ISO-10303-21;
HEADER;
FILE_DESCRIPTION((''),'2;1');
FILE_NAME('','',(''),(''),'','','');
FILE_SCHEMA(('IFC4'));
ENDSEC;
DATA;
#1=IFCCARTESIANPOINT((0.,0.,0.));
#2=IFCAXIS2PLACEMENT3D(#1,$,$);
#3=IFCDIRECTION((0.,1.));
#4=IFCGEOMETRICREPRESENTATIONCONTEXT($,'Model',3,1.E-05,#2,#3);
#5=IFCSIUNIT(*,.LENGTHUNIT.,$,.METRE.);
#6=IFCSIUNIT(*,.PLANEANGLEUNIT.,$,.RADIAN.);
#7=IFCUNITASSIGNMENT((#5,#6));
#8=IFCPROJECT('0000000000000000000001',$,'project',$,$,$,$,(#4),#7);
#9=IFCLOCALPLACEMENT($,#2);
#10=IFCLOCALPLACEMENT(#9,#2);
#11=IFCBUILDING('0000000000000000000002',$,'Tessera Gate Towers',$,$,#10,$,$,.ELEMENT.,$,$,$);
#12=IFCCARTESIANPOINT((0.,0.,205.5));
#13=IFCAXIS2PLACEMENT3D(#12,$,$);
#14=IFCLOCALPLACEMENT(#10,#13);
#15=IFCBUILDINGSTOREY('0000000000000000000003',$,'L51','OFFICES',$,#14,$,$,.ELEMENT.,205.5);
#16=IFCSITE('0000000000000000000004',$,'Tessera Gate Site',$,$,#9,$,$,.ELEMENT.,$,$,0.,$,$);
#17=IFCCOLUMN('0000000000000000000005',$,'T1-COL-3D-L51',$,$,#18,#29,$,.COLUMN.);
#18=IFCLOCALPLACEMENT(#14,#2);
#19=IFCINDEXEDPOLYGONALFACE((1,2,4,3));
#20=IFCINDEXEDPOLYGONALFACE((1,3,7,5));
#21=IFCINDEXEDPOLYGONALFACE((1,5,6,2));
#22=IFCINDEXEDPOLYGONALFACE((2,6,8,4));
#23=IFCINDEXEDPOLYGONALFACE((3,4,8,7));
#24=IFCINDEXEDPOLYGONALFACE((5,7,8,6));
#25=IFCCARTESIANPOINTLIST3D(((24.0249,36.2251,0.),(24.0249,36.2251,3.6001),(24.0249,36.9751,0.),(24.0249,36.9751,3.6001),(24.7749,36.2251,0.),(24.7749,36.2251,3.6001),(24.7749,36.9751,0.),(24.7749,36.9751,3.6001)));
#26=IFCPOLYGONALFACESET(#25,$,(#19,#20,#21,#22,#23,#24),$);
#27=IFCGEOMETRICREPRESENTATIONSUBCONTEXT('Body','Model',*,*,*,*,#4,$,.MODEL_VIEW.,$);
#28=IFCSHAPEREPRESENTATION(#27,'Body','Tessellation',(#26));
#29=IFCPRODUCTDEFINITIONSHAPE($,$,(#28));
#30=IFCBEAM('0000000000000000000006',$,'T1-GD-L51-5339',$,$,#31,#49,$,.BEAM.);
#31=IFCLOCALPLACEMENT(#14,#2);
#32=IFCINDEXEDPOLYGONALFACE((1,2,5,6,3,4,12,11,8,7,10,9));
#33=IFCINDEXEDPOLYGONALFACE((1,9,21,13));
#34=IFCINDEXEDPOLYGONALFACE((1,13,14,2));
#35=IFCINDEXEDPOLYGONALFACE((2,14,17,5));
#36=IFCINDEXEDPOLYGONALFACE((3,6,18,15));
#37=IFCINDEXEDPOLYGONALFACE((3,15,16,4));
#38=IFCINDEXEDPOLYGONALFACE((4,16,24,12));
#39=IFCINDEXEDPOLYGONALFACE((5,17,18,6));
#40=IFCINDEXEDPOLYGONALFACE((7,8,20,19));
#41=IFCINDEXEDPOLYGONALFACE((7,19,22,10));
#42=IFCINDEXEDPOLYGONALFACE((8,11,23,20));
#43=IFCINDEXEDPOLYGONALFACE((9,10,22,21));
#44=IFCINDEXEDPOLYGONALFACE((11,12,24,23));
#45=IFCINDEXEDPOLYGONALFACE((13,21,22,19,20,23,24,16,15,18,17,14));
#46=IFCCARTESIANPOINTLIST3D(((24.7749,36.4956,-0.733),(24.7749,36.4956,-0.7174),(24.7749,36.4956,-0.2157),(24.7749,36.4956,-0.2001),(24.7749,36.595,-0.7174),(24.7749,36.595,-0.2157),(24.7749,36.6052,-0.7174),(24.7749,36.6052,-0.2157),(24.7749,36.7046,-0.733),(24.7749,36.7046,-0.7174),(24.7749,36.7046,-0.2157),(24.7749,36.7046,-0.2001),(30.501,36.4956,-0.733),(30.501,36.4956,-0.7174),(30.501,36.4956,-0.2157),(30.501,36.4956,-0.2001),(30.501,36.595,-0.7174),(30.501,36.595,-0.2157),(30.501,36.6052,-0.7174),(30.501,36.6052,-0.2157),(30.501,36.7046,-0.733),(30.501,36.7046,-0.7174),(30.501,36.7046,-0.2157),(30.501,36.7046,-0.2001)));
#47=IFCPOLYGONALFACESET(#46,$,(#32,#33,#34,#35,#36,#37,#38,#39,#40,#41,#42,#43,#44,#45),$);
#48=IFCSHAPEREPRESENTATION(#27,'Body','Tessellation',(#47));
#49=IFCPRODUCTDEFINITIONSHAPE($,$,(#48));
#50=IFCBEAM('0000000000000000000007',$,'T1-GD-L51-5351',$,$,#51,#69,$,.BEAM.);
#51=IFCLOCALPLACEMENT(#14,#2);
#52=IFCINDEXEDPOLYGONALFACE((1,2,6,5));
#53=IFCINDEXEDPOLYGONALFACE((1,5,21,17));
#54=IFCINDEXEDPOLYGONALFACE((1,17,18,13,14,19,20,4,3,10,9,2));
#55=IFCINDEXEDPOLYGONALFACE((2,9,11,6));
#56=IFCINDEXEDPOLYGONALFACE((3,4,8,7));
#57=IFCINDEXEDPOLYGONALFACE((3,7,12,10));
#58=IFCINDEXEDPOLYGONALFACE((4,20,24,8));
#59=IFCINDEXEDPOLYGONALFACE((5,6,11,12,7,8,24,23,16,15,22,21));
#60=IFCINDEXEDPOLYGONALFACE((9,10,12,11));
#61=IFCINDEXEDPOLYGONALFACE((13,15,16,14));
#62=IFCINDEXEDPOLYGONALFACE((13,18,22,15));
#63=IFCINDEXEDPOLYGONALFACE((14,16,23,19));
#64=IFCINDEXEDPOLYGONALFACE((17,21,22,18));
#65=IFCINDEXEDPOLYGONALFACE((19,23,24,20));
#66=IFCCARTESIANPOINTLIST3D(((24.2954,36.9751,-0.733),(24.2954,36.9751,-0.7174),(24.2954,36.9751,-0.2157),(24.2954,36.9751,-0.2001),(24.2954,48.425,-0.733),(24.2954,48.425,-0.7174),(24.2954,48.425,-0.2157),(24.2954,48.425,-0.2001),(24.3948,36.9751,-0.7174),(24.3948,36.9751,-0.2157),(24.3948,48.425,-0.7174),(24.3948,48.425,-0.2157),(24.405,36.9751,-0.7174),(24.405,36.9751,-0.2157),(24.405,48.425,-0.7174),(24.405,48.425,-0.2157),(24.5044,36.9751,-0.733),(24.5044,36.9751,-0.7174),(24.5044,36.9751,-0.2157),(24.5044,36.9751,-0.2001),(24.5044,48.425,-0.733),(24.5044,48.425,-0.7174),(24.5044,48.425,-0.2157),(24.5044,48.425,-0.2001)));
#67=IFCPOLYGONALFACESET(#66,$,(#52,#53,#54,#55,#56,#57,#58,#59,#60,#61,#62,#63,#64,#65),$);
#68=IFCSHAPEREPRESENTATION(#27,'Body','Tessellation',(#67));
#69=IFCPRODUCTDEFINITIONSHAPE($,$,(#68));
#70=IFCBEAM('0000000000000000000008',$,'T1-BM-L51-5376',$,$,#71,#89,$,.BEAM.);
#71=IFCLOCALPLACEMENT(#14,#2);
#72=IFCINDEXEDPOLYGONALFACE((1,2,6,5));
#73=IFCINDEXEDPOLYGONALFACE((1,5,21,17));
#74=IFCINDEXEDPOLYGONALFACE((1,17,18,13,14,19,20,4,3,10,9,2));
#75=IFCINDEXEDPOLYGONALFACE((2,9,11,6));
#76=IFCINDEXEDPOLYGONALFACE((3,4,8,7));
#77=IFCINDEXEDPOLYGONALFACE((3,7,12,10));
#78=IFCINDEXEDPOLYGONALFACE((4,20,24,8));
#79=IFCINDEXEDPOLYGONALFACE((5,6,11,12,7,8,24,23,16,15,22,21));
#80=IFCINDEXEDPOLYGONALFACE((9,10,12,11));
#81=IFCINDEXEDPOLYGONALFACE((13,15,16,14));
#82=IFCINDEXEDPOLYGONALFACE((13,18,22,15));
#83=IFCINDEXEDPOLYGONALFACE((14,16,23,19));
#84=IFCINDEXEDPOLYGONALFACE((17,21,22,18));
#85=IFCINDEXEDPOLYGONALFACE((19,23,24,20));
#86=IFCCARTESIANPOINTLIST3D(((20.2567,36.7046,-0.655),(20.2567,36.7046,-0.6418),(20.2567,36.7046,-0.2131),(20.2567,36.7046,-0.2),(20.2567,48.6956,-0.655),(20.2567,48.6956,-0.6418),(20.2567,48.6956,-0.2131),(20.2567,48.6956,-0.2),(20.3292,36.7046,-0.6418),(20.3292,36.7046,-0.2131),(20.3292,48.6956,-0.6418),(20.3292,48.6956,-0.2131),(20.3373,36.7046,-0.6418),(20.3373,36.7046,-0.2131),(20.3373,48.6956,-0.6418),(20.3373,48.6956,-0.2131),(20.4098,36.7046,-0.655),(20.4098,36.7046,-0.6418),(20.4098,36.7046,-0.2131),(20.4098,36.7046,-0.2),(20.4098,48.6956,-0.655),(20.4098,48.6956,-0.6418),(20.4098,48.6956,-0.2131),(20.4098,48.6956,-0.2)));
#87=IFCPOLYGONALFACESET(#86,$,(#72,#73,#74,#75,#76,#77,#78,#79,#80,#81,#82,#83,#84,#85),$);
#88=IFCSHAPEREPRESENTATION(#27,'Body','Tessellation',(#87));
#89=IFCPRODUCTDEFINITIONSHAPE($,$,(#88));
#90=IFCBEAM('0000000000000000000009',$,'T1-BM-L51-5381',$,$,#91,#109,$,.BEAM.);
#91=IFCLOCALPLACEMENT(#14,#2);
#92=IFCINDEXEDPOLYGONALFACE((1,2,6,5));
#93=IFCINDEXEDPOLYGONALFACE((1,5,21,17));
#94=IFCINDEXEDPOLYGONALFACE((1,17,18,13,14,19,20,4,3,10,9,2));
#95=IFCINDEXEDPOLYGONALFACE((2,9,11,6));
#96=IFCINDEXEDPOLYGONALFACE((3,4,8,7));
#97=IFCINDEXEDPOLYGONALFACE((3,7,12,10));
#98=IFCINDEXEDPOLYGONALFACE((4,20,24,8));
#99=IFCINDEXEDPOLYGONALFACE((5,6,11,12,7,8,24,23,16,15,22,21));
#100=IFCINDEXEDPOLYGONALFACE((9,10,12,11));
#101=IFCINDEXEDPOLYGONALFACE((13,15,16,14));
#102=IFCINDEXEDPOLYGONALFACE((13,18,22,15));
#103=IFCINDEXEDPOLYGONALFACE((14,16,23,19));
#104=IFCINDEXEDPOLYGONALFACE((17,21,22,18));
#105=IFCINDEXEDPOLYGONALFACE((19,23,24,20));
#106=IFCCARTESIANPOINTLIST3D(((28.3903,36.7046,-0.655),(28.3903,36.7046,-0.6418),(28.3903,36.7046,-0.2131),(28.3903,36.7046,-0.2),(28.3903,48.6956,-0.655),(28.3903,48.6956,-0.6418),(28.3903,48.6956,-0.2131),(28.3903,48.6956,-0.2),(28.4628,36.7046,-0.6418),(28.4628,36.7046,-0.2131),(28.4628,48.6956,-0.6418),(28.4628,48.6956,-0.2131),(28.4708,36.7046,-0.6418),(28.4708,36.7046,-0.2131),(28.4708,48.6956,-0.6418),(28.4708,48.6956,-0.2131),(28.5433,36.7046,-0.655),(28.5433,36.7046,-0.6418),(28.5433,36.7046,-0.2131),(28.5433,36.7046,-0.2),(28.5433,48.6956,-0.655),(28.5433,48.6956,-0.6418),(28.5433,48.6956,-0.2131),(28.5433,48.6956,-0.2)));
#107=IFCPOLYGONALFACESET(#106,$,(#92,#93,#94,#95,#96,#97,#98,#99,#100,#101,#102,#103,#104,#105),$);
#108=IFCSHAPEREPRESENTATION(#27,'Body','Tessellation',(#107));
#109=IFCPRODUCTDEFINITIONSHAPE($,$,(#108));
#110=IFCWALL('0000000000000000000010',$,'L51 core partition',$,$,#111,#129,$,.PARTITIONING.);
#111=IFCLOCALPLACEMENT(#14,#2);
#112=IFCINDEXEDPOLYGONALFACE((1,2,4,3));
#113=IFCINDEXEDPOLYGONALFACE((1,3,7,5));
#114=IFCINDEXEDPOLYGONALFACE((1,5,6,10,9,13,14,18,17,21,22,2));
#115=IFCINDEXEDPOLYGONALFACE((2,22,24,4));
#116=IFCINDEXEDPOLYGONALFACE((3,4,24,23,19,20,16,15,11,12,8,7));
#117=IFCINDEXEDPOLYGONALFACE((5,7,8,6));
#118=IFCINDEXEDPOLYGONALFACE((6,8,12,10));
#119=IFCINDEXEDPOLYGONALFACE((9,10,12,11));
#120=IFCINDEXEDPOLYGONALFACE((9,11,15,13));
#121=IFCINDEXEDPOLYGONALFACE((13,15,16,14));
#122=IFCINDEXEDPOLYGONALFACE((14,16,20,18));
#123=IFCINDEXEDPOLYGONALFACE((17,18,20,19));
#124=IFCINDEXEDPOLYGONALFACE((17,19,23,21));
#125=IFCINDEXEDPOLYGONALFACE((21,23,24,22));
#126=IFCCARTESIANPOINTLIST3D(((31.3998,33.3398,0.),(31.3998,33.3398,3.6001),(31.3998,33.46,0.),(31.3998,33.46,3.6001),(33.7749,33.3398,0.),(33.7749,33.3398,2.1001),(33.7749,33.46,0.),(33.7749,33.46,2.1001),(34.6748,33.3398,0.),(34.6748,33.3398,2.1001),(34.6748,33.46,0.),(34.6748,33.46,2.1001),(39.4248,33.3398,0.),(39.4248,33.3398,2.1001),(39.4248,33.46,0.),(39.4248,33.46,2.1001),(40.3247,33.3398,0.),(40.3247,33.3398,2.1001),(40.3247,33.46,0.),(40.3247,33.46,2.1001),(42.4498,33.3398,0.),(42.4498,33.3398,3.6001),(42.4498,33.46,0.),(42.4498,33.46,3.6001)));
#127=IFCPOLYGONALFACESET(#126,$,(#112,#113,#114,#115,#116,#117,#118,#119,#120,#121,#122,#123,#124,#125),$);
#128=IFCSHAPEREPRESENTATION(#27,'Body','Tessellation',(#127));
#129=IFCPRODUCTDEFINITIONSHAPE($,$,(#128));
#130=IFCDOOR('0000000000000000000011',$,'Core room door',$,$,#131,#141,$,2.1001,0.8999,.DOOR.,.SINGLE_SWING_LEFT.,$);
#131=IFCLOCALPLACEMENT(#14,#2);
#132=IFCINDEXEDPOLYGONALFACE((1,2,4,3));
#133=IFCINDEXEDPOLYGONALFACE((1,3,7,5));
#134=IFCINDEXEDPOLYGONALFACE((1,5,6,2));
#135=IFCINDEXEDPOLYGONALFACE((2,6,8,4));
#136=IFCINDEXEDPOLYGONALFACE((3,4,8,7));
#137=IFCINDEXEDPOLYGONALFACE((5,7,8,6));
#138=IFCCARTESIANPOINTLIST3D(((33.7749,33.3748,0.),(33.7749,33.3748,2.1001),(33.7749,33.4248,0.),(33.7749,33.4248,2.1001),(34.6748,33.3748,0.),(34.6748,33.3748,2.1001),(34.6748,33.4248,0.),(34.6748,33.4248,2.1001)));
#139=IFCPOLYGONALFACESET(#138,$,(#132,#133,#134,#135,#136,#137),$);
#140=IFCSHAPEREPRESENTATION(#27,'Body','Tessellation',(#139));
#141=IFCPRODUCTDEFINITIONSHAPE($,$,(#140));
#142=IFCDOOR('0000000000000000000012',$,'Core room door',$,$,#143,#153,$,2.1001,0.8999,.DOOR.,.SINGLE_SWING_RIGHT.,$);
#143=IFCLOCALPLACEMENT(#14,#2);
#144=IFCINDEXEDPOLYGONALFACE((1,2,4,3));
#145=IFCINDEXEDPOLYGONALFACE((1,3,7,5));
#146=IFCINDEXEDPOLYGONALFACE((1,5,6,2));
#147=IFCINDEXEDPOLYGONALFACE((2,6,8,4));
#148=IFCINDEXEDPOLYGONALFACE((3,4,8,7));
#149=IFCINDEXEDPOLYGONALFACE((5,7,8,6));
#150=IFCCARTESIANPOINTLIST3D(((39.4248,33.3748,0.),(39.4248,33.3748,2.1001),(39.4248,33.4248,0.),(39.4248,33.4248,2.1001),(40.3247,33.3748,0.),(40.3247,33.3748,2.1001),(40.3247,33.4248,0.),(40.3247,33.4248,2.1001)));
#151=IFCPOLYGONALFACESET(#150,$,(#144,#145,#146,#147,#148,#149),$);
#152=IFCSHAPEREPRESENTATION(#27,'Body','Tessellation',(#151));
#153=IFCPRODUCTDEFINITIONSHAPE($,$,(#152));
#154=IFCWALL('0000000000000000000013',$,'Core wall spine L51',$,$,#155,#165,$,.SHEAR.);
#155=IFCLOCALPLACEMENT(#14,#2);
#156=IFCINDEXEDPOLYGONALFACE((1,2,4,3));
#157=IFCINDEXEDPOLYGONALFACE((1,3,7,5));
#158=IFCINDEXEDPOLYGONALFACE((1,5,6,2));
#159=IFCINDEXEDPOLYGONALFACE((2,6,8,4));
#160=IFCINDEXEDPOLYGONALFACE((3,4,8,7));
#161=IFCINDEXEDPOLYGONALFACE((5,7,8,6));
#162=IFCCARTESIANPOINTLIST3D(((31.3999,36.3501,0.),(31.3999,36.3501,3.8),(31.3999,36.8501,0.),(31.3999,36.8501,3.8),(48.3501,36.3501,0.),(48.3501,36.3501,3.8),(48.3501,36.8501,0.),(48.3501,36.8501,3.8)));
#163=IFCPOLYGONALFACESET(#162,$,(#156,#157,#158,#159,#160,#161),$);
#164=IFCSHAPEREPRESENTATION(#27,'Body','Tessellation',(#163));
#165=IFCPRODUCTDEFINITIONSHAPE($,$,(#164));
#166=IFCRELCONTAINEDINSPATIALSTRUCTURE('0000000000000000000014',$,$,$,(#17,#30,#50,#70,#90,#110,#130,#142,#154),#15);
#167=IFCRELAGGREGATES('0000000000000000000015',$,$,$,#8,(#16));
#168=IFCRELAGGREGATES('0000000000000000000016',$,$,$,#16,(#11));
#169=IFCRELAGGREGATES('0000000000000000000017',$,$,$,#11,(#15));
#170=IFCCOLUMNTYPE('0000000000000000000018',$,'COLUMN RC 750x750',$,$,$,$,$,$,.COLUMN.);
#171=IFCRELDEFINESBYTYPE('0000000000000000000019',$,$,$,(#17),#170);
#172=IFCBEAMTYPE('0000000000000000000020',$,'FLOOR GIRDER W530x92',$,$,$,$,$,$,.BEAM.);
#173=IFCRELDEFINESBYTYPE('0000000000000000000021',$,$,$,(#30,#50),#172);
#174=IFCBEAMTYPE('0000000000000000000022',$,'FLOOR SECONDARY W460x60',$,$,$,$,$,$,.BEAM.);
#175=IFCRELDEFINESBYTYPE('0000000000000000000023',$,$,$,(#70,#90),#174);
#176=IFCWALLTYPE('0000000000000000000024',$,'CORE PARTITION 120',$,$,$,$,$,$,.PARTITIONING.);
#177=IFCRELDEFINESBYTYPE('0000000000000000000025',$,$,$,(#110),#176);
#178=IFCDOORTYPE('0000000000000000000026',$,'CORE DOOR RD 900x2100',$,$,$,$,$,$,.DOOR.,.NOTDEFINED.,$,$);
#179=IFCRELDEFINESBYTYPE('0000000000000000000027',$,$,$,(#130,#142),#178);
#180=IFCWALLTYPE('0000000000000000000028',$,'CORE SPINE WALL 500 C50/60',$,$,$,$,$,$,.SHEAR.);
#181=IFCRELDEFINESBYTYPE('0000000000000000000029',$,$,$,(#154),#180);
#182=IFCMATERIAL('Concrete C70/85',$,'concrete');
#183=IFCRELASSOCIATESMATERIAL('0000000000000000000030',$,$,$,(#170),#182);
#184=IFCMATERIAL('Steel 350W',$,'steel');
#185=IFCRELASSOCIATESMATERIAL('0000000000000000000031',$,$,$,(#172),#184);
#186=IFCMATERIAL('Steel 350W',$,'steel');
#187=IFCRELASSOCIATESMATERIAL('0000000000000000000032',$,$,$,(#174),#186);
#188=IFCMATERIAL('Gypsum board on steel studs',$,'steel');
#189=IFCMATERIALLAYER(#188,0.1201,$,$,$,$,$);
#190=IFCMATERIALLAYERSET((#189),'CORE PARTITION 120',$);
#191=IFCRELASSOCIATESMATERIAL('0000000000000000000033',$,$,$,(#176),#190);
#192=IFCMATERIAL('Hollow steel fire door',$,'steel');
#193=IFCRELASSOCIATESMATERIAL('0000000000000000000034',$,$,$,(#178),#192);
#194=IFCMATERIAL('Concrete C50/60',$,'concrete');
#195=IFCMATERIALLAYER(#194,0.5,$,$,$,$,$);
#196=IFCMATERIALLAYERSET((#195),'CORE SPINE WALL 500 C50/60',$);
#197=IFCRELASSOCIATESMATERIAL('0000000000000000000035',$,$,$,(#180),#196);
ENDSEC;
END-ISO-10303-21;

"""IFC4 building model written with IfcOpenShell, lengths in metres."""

from ifc_helpers import new_model, si_unit, direction, frame, frame_2d, origin, origin_2d, place, context, subcontext, project, spatial, rectangle, i_section, extrude, source, transform, mapped, material, layer, layer_set, material_profile, profile_set, type_object, element, fill, save


model = new_model("IFC4")

# Units and contexts
model_context = context("Model", 3, precision=1e-05, world=origin(), true_north=direction((0.0, 1.0)))
body_context = subcontext(model_context, "Body", "Model", "MODEL_VIEW")
ifc_project = project(units=[si_unit("LENGTHUNIT", "METRE"), si_unit("PLANEANGLEUNIT", "RADIAN")], contexts=[model_context])

# Site, building, storey
site_placement = place(None, origin())
site = spatial("IfcSite", under=ifc_project, at=site_placement, Name="Tessera Gate Site", CompositionType="ELEMENT", RefElevation=0.0)
building_placement = place(site_placement, origin())
building = spatial("IfcBuilding", under=site, at=building_placement, Name="Tessera Gate Towers", CompositionType="ELEMENT")
storey_placement = place(building_placement, frame((0.0, 0.0, 205.5)))
storey = spatial("IfcBuildingStorey", under=building, at=storey_placement, Name="L51", Description="OFFICES", CompositionType="ELEMENT", Elevation=205.5)

# Column
ifc_material_1 = material(Name="Concrete C70/85", Category="concrete")
ifc_material_profile_1 = material_profile(ifc_material_1, rectangle(XDim=0.75, YDim=0.75, at=origin_2d()), Name="RC 750x750")
ifc_profile_set_1 = profile_set([ifc_material_profile_1], Name="Concrete C70/85")
column_type = type_object("IfcColumnType", Name="COLUMN RC 750x750", PredefinedType="COLUMN", material=ifc_profile_set_1)
column_placement = place(storey_placement, frame((24.3999, 36.6001, 0.0), z_axis=(0.0, 0.0, 1.0), x_axis=(1.0, 0.0, 0.0)))
element("IfcColumn", 1, at=column_placement, inside=storey, type_object=column_type, Name="T1-COL-3D-L51", PredefinedType="COLUMN", context=body_context, shape_type="SweptSolid", body=[
    extrude(rectangle(XDim=0.75, YDim=0.75, at=origin_2d()), origin(), (0.0, 0.0, 1.0), 3.6001),
])

# Beams
ifc_material_2 = material(Name="Steel 350W", Category="steel")
ifc_material_profile_2 = material_profile(ifc_material_2, i_section(OverallWidth=0.209, OverallDepth=0.533, WebThickness=0.0103, FlangeThickness=0.0156, at=origin_2d()), Name="W530x92")
ifc_profile_set_2 = profile_set([ifc_material_profile_2], Name="Steel 350W")
beam_type_1 = type_object("IfcBeamType", Name="FLOOR GIRDER W530x92", PredefinedType="BEAM", material=ifc_profile_set_2)
beam_1_placement = place(storey_placement, frame((24.7749, 36.6001, -0.4666), z_axis=(1.0, 0.0, 0.0), x_axis=(0.0, 1.0, 0.0)))
element("IfcBeam", 2, at=beam_1_placement, inside=storey, type_object=beam_type_1, Name="T1-GD-L51-5339", PredefinedType="BEAM", context=body_context, shape_type="SweptSolid", body=[
    extrude(i_section(OverallWidth=0.209, OverallDepth=0.533, WebThickness=0.0103, FlangeThickness=0.0156, at=origin_2d()), origin(), (0.0, 0.0, 1.0), 5.7261),
])
beam_2_placement = place(storey_placement, frame((24.3999, 36.9751, -0.4666), z_axis=(0.0, 1.0, 0.0), x_axis=(-1.0, 0.0, 0.0)))
element("IfcBeam", 3, at=beam_2_placement, inside=storey, type_object=beam_type_1, Name="T1-GD-L51-5351", PredefinedType="BEAM", context=body_context, shape_type="SweptSolid", body=[
    extrude(i_section(OverallWidth=0.209, OverallDepth=0.533, WebThickness=0.0103, FlangeThickness=0.0156, at=origin_2d()), origin(), (0.0, 0.0, 1.0), 11.45),
])
ifc_material_3 = material(Name="Steel 350W", Category="steel")
ifc_material_profile_3 = material_profile(ifc_material_3, i_section(OverallWidth=0.1531, OverallDepth=0.4551, WebThickness=0.0081, FlangeThickness=0.0132, at=origin_2d()), Name="W460x60")
ifc_profile_set_3 = profile_set([ifc_material_profile_3], Name="Steel 350W")
beam_type_2 = type_object("IfcBeamType", Name="FLOOR SECONDARY W460x60", PredefinedType="BEAM", material=ifc_profile_set_3)
for number, where, z_axis, x_axis, name in (
    (4, (20.3333, 36.7046, -0.4275), (0.0, 1.0, 0.0), (-1.0, 0.0, 0.0), "T1-BM-L51-5376"),
    (5, (28.4668, 36.7046, -0.4275), (0.0, 1.0, 0.0), (-1.0, 0.0, 0.0), "T1-BM-L51-5381"),
):
    element("IfcBeam", number, at=place(storey_placement, frame(where, z_axis=z_axis, x_axis=x_axis)), inside=storey, type_object=beam_type_2, Name=name, PredefinedType="BEAM", context=body_context, shape_type="SweptSolid", body=[
        extrude(i_section(OverallWidth=0.1531, OverallDepth=0.4551, WebThickness=0.0081, FlangeThickness=0.0132, at=origin_2d()), origin(), (0.0, 0.0, 1.0), 11.991),
    ])

# Wall, openings, doors
ifc_material_4 = material(Name="Gypsum board on steel studs", Category="steel")
ifc_layer_1 = layer(ifc_material_4, 0.1201)
ifc_layer_set_1 = layer_set([ifc_layer_1], Name="CORE PARTITION 120")
wall_type_1 = type_object("IfcWallType", Name="CORE PARTITION 120", PredefinedType="PARTITIONING", material=ifc_layer_set_1)
wall_1_placement = place(storey_placement, frame((31.3999, 33.3999, 0.0), z_axis=(0.0, 0.0, 1.0), x_axis=(1.0, 0.0, 0.0)))
wall_1 = element("IfcWall", 6, at=wall_1_placement, inside=storey, type_object=wall_type_1, Name="L51 core partition", PredefinedType="PARTITIONING", context=body_context, shape_type="SweptSolid", body=[
    extrude(rectangle(XDim=11.05, YDim=0.1201, at=frame_2d((5.5249, 0.0))), origin(), (0.0, 0.0, 1.0), 3.6001),
])
shared_shape_1 = source(origin(), body_context, "Body", "SweptSolid", [
    extrude(rectangle(XDim=0.8999, YDim=2.1001, at=frame_2d((0.45, 1.05))), frame((0.0, 0.0701, 0.0), z_axis=(0.0, -1.0, 0.0), x_axis=(1.0, 0.0, 0.0)), (0.0, 0.0, 1.0), 0.1401),
])
opening_1_placement = place(wall_1_placement, frame((2.375, 0.0, 0.0)))
opening_1 = element("IfcOpeningElement", 7, at=opening_1_placement, cuts=wall_1, PredefinedType="OPENING", context=body_context, shape_type="MappedRepresentation", body=[
    mapped(shared_shape_1, transform((0.0, 0.0, 0.0), scale=1.0)),
])
opening_2_placement = place(wall_1_placement, frame((8.0249, 0.0, 0.0)))
opening_2 = element("IfcOpeningElement", 8, at=opening_2_placement, cuts=wall_1, PredefinedType="OPENING", context=body_context, shape_type="MappedRepresentation", body=[
    mapped(shared_shape_1, transform((0.0, 0.0, 0.0), scale=1.0)),
])
ifc_material_5 = material(Name="Hollow steel fire door", Category="steel")
door_type_1 = type_object("IfcDoorType", Name="CORE DOOR RD 900x2100", OperationType="NOTDEFINED", PredefinedType="DOOR", material=ifc_material_5)
shared_shape_2 = source(origin(), body_context, "Body", "SweptSolid", [
    extrude(rectangle(XDim=0.8999, YDim=2.1001, at=frame_2d((0.45, 1.05))), frame((0.0, 0.0249, 0.0), z_axis=(0.0, -1.0, 0.0), x_axis=(1.0, 0.0, 0.0)), (0.0, 0.0, 1.0), 0.05),
])
door_1_placement = place(opening_1_placement, origin())
door_1 = element("IfcDoor", 9, at=door_1_placement, inside=storey, type_object=door_type_1, Name="Core room door", OperationType="SINGLE_SWING_LEFT", OverallHeight=2.1001, OverallWidth=0.8999, PredefinedType="DOOR", context=body_context, shape_type="MappedRepresentation", body=[
    mapped(shared_shape_2, transform((0.0, 0.0, 0.0), scale=1.0)),
])
fill(opening_1, door_1)
door_2_placement = place(opening_2_placement, origin())
door_2 = element("IfcDoor", 10, at=door_2_placement, inside=storey, type_object=door_type_1, Name="Core room door", OperationType="SINGLE_SWING_RIGHT", OverallHeight=2.1001, OverallWidth=0.8999, PredefinedType="DOOR", context=body_context, shape_type="MappedRepresentation", body=[
    mapped(shared_shape_2, transform((0.0, 0.0, 0.0), scale=1.0)),
])
fill(opening_2, door_2)

# Wall
ifc_material_6 = material(Name="Concrete C50/60", Category="concrete")
ifc_layer_2 = layer(ifc_material_6, 0.5)
ifc_layer_set_2 = layer_set([ifc_layer_2], Name="CORE SPINE WALL 500 C50/60")
wall_type_2 = type_object("IfcWallType", Name="CORE SPINE WALL 500 C50/60", PredefinedType="SHEAR", material=ifc_layer_set_2)
wall_2_placement = place(storey_placement, frame((31.3999, 36.6001, 0.0), z_axis=(0.0, 0.0, 1.0), x_axis=(1.0, 0.0, 0.0)))
element("IfcWall", 11, at=wall_2_placement, inside=storey, type_object=wall_type_2, Name="Core wall spine L51", PredefinedType="SHEAR", context=body_context, shape_type="SweptSolid", body=[
    extrude(rectangle(XDim=16.9502, YDim=0.5, at=frame_2d((8.4751, 0.0))), origin(), (0.0, 0.0, 1.0), 3.8),
])

save(model, "model.ifc")
